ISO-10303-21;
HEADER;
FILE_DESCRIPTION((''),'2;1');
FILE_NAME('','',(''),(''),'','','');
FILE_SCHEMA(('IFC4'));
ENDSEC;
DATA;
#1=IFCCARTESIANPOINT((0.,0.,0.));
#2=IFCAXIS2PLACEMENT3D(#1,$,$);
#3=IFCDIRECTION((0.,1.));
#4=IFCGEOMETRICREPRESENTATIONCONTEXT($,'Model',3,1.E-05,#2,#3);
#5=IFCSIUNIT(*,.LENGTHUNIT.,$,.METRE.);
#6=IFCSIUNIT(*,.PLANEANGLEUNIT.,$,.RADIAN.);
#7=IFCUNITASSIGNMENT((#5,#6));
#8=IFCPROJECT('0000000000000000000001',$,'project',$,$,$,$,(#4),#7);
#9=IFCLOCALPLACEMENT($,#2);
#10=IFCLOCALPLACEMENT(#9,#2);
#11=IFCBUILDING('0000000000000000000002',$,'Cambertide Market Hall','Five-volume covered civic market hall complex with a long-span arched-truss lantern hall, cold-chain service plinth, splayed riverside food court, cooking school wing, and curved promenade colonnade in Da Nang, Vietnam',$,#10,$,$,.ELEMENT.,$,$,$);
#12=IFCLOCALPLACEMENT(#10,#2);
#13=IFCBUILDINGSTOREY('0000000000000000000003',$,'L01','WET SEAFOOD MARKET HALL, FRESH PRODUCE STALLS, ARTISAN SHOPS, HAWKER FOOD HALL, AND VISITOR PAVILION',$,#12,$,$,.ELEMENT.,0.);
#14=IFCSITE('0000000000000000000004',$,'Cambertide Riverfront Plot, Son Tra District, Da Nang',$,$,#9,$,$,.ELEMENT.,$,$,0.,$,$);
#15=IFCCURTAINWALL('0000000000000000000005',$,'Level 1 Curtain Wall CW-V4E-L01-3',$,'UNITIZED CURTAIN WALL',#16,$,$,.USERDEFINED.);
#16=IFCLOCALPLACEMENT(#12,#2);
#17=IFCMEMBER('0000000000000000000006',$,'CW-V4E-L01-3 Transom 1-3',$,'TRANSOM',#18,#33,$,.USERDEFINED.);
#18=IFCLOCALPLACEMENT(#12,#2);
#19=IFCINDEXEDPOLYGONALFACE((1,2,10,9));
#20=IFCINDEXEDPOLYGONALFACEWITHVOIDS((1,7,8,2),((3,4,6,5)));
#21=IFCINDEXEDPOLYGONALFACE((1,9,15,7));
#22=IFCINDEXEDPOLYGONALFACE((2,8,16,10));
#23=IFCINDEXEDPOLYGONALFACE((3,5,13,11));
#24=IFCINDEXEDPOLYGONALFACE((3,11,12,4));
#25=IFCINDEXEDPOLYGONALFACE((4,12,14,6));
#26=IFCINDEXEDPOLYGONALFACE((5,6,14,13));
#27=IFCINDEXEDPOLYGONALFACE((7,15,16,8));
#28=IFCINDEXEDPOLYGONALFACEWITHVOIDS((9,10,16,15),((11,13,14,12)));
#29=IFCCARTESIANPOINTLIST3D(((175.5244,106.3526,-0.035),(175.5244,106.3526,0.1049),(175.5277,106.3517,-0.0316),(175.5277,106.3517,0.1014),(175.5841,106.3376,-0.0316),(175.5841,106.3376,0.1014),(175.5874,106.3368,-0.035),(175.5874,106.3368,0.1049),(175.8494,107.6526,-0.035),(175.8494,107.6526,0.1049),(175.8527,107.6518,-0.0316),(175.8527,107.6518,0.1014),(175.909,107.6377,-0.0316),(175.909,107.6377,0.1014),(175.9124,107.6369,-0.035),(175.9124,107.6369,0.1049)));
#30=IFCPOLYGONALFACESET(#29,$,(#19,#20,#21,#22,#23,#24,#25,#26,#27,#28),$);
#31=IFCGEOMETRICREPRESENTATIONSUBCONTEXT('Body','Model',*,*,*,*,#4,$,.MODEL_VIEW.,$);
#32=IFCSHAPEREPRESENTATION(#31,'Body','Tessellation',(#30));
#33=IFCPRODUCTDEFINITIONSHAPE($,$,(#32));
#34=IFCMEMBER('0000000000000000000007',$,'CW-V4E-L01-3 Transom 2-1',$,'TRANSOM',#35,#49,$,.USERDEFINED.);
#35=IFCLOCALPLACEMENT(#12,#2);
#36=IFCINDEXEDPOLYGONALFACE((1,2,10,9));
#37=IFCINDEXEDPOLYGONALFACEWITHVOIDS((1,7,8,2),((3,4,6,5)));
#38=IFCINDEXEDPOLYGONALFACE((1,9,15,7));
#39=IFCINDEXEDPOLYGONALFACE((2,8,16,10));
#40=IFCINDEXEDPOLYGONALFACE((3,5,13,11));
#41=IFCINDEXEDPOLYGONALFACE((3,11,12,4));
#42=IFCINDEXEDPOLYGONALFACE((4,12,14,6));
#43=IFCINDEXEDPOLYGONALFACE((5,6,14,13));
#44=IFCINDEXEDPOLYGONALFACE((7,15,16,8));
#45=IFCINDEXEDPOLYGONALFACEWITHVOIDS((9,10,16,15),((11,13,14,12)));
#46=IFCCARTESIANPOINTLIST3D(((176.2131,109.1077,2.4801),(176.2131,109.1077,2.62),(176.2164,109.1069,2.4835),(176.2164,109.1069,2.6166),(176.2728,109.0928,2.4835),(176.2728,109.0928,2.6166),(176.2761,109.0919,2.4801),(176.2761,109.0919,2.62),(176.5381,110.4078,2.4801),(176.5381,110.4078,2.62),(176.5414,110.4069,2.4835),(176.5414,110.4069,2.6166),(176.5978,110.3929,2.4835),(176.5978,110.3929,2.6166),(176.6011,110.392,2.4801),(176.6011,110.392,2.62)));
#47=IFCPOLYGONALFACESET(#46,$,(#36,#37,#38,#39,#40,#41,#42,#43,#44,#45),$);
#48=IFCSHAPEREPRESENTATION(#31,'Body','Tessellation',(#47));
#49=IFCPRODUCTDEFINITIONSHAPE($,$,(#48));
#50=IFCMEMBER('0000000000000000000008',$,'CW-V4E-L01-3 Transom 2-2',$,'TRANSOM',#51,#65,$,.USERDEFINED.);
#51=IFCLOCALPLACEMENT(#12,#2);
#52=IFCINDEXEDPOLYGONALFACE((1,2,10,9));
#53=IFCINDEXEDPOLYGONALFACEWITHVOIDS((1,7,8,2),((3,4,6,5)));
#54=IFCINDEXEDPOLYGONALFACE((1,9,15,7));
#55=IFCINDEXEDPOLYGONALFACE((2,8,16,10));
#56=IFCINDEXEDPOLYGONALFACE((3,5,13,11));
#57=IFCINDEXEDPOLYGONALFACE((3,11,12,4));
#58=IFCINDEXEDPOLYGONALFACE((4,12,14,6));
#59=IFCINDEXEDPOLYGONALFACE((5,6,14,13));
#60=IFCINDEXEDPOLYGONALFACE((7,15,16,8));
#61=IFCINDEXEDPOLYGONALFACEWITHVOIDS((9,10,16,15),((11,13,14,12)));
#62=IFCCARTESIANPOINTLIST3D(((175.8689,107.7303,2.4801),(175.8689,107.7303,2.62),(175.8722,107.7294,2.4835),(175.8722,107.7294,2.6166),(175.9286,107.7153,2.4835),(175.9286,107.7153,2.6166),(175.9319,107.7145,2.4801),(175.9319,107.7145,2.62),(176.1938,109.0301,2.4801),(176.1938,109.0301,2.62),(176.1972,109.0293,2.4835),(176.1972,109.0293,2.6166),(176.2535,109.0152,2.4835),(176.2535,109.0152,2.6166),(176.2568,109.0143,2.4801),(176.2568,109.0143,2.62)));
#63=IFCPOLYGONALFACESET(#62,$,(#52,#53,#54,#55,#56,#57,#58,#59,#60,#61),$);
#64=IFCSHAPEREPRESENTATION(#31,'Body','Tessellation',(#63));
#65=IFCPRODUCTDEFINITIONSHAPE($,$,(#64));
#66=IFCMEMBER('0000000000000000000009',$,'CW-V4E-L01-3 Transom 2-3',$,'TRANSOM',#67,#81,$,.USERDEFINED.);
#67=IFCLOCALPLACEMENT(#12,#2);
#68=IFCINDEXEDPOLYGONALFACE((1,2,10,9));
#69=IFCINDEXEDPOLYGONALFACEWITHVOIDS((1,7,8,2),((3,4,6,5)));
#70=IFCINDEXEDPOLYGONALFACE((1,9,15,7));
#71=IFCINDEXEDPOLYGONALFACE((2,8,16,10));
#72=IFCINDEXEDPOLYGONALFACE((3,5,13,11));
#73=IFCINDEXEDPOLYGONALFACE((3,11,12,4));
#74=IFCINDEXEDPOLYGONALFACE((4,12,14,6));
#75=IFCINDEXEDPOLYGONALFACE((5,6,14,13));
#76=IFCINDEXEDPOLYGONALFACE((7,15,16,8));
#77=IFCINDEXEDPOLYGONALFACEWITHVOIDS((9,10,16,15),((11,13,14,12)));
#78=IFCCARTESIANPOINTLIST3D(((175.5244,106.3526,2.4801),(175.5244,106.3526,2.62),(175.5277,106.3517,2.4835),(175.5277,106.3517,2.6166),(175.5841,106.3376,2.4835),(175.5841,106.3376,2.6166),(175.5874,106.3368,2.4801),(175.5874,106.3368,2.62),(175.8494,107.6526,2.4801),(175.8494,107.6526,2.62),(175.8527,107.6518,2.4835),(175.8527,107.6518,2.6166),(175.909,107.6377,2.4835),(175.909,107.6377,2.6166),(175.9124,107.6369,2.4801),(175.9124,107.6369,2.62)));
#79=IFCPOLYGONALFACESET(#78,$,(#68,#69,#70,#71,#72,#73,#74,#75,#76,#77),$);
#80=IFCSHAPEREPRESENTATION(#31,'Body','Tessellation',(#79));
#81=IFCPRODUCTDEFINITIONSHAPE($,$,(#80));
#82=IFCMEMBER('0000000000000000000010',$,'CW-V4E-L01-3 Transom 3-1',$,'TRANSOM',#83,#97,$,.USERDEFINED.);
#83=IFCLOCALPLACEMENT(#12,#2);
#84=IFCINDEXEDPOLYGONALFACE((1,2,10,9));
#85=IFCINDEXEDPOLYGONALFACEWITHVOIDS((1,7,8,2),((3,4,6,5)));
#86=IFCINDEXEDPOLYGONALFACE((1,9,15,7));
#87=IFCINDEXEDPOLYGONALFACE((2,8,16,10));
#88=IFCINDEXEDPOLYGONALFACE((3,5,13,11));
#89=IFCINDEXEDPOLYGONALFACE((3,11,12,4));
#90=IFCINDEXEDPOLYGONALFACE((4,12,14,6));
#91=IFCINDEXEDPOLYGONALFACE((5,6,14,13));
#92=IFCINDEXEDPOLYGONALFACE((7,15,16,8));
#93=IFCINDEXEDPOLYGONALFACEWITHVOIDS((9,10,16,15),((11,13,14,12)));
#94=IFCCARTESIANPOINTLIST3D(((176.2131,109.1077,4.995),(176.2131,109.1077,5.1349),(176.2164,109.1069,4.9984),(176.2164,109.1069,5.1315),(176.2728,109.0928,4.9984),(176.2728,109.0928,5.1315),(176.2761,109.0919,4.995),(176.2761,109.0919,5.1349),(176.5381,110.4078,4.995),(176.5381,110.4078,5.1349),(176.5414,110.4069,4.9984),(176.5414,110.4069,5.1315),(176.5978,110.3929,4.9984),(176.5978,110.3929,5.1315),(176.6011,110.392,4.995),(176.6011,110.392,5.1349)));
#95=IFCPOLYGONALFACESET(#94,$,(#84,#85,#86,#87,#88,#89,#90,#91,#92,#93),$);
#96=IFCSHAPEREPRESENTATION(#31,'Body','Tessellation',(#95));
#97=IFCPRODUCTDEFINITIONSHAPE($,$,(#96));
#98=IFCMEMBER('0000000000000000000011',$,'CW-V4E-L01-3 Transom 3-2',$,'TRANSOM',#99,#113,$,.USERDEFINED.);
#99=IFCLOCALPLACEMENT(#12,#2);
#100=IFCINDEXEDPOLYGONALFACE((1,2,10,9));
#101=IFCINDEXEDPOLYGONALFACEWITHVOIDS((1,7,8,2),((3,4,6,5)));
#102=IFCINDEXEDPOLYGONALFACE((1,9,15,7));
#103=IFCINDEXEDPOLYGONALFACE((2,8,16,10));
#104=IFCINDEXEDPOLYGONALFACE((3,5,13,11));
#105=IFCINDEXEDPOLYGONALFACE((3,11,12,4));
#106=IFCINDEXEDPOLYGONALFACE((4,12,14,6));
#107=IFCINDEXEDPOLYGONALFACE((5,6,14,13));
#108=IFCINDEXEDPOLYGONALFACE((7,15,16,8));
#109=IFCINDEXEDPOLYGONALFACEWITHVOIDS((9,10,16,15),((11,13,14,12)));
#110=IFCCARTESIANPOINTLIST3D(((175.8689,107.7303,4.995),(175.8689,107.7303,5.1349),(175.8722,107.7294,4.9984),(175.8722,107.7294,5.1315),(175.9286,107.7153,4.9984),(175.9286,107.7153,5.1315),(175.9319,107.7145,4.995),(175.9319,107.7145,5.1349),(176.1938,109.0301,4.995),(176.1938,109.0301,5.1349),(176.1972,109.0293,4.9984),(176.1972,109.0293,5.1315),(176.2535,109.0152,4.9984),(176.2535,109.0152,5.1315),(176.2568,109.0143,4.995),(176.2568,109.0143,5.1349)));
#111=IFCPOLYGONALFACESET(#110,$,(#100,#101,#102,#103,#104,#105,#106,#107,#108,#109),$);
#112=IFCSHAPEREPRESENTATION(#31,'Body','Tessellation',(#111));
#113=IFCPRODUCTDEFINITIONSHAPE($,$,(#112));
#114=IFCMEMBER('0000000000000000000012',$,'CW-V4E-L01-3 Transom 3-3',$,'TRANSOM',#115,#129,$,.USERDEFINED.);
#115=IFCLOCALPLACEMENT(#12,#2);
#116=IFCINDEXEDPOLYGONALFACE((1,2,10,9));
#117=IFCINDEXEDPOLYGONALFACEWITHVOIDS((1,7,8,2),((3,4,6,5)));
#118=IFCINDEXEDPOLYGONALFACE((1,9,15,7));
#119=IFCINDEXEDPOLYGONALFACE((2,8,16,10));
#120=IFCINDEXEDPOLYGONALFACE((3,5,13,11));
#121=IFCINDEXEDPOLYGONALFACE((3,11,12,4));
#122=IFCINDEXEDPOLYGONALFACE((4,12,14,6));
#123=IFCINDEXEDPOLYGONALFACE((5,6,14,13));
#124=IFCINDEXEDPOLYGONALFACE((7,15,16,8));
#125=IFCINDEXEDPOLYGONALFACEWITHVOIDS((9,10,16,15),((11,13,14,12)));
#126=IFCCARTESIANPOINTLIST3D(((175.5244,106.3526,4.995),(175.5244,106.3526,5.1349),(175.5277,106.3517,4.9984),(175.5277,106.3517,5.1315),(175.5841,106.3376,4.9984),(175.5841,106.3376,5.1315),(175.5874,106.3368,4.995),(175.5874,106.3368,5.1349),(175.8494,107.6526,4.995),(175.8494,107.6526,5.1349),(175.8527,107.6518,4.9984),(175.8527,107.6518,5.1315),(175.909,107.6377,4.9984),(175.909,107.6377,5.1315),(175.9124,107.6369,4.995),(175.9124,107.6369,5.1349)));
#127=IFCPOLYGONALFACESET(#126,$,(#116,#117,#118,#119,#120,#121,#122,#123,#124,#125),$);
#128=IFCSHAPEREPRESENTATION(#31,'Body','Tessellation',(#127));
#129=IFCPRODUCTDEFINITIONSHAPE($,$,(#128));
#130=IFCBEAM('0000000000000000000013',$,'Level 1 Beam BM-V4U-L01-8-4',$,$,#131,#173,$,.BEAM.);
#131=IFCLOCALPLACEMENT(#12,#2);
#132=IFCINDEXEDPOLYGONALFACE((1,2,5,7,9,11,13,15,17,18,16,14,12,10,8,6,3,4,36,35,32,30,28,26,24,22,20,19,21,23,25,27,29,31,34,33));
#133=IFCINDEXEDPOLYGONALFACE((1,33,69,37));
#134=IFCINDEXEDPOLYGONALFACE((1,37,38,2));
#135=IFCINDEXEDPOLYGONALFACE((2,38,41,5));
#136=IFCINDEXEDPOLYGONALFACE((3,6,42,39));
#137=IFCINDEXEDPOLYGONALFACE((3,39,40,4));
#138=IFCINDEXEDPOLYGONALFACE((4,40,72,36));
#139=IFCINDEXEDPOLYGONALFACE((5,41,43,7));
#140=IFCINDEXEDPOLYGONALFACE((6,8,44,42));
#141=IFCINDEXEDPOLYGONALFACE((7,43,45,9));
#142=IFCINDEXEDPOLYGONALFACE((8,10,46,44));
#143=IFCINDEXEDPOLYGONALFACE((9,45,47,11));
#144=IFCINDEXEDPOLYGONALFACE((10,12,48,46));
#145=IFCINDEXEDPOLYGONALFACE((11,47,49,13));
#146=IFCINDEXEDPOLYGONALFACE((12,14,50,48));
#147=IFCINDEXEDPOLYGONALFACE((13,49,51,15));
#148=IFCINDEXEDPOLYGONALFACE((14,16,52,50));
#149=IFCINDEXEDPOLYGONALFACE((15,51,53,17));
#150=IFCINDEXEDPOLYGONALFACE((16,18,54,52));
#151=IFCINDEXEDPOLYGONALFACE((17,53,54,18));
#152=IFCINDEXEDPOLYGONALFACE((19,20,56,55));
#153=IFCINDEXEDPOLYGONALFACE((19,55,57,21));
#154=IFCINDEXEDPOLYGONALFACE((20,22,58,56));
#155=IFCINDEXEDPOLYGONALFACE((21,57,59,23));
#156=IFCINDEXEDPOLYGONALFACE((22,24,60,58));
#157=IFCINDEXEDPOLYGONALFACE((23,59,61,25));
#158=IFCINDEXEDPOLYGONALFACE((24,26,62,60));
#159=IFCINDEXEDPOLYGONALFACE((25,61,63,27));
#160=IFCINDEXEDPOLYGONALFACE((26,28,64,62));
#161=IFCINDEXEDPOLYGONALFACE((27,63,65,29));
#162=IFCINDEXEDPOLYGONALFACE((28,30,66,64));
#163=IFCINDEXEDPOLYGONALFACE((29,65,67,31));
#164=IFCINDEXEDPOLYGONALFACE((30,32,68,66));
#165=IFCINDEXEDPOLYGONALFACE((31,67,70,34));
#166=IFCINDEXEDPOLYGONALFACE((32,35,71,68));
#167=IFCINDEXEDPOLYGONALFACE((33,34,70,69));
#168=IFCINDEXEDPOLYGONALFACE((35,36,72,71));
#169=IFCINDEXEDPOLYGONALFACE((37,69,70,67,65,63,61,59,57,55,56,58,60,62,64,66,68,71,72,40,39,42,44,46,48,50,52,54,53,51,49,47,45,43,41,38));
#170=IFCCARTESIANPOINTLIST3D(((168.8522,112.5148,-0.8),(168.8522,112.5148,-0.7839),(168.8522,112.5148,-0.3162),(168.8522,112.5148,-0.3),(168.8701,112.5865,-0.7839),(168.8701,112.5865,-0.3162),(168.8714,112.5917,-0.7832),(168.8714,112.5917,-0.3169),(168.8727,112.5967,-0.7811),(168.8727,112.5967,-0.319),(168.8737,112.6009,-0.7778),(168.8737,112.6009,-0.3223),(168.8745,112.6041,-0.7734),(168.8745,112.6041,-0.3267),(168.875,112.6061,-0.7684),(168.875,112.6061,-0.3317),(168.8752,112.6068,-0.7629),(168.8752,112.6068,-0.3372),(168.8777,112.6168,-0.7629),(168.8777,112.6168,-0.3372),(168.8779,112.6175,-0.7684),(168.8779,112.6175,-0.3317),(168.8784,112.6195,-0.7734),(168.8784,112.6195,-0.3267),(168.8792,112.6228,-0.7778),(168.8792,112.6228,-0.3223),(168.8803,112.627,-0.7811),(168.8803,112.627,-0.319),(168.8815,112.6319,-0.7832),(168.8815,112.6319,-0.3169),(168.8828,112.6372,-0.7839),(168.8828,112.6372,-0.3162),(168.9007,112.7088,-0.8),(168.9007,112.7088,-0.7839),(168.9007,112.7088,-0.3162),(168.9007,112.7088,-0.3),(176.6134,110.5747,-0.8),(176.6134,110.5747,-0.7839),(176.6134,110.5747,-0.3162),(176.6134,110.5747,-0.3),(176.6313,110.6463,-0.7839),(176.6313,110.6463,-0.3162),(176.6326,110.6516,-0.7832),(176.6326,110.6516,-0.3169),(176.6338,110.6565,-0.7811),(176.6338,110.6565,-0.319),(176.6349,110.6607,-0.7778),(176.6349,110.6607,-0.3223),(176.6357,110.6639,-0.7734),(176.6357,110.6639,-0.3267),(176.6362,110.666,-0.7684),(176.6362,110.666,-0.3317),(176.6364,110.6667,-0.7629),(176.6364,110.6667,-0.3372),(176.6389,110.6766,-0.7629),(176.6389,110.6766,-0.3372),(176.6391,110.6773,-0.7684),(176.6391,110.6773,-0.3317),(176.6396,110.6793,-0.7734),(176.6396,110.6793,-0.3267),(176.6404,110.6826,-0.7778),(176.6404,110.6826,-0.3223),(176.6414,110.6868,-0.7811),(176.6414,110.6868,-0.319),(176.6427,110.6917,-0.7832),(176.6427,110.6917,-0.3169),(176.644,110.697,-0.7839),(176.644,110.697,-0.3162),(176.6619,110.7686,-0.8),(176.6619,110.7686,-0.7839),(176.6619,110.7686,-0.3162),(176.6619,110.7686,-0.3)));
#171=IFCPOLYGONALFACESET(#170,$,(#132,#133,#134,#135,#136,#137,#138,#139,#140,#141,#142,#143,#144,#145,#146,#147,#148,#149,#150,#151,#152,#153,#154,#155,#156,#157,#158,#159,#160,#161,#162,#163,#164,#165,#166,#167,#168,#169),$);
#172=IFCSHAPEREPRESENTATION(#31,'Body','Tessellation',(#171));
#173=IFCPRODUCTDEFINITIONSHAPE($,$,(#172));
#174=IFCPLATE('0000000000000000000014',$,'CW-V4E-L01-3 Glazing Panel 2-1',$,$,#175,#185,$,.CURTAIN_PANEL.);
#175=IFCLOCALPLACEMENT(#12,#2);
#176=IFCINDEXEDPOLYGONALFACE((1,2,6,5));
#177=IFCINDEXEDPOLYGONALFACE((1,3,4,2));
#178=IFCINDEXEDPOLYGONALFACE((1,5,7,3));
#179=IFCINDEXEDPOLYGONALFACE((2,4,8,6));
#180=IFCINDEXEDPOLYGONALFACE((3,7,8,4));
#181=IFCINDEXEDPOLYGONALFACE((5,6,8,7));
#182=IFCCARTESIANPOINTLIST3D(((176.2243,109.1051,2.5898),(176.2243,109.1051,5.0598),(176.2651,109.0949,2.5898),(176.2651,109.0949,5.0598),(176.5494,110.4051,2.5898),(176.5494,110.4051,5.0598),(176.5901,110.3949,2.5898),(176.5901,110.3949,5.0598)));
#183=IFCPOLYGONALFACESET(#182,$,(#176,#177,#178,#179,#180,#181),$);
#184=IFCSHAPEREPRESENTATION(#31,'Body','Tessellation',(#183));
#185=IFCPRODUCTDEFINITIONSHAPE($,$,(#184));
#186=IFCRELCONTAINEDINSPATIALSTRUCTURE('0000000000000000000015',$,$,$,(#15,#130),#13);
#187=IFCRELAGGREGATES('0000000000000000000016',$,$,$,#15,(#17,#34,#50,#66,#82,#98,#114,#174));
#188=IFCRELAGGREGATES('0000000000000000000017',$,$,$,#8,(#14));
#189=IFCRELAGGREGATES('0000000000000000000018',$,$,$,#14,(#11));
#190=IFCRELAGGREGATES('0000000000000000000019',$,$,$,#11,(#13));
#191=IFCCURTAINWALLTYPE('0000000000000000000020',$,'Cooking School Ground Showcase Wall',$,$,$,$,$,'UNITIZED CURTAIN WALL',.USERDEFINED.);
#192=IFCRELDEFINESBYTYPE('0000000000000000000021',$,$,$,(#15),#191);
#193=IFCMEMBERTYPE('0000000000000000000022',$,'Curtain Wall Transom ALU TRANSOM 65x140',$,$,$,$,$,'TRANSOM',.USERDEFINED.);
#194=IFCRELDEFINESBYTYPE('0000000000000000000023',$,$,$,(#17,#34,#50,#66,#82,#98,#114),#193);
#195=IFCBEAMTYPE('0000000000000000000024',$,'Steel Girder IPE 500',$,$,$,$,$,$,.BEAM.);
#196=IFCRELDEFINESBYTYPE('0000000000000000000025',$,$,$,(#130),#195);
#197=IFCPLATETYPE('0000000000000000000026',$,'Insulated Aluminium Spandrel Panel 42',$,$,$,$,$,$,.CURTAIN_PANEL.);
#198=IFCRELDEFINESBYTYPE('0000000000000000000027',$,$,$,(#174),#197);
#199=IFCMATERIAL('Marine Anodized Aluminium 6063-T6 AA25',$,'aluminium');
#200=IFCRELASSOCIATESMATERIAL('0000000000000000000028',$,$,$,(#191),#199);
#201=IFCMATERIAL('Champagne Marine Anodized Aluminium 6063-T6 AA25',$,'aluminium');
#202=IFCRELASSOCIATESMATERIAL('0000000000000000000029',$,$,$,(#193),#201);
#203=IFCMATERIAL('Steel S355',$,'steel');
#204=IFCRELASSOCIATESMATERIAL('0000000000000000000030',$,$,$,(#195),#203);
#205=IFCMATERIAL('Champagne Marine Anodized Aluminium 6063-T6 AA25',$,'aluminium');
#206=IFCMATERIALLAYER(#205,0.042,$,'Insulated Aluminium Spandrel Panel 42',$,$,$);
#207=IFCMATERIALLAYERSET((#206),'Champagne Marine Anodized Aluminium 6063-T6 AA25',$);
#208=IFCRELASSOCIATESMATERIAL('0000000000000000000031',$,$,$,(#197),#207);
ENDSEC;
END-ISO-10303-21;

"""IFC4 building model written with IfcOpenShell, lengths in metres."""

from ifc_helpers import new_model, si_unit, direction, frame, origin, origin_2d, place, context, subcontext, project, spatial, rectangle, hollow_rectangle, i_section, extrude, material, layer, layer_set, material_profile, profile_set, type_object, element, aggregate, save


model = new_model("IFC4")

# Units and contexts
model_context = context("Model", 3, precision=1e-05, world=origin(), true_north=direction((0.0, 1.0)))
body_context = subcontext(model_context, "Body", "Model", "MODEL_VIEW")
ifc_project = project(units=[si_unit("LENGTHUNIT", "METRE"), si_unit("PLANEANGLEUNIT", "RADIAN")], contexts=[model_context])

# Site, building, storey
site_placement = place(None, origin())
site = spatial("IfcSite", under=ifc_project, at=site_placement, Name="Cambertide Riverfront Plot, Son Tra District, Da Nang", CompositionType="ELEMENT", RefElevation=0.0)
building_placement = place(site_placement, origin())
building = spatial("IfcBuilding", under=site, at=building_placement, Name="Cambertide Market Hall", Description="Five-volume covered civic market hall complex with a long-span arched-truss lantern hall, cold-chain service plinth, splayed riverside food court, cooking school wing, and curved promenade colonnade in Da Nang, Vietnam", CompositionType="ELEMENT")
storey_placement = place(building_placement, origin())
storey = spatial("IfcBuildingStorey", under=building, at=storey_placement, Name="L01", Description="WET SEAFOOD MARKET HALL, FRESH PRODUCE STALLS, ARTISAN SHOPS, HAWKER FOOD HALL, AND VISITOR PAVILION", CompositionType="ELEMENT", Elevation=0.0)

# Curtain wall, members
ifc_material_1 = material(Name="Marine Anodized Aluminium 6063-T6 AA25", Category="aluminium")
curtain_wall_type = type_object("IfcCurtainWallType", Name="Cooking School Ground Showcase Wall", ElementType="UNITIZED CURTAIN WALL", PredefinedType="USERDEFINED", material=ifc_material_1)
curtain_wall_placement = place(storey_placement, origin())
curtain_wall = element("IfcCurtainWall", 1, at=curtain_wall_placement, inside=storey, type_object=curtain_wall_type, Name="Level 1 Curtain Wall CW-V4E-L01-3", ObjectType="UNITIZED CURTAIN WALL", PredefinedType="USERDEFINED")
ifc_material_2 = material(Name="Champagne Marine Anodized Aluminium 6063-T6 AA25", Category="aluminium")
ifc_material_profile_1 = material_profile(ifc_material_2, hollow_rectangle(XDim=0.0649, YDim=0.1399, WallThickness=0.0034, at=origin_2d()), Name="ALU TRANSOM 65x140")
ifc_profile_set_1 = profile_set([ifc_material_profile_1], Name="Champagne Marine Anodized Aluminium 6063-T6 AA25")
member_type_1 = type_object("IfcMemberType", Name="Curtain Wall Transom ALU TRANSOM 65x140", ElementType="TRANSOM", PredefinedType="USERDEFINED", material=ifc_profile_set_1)
member_1_placement = place(storey_placement, frame((175.8809, 107.6448, 0.0349), z_axis=(-0.242493, -0.970153, 0.0), x_axis=(0.970153, -0.242493, 0.0)))
member_1 = element("IfcMember", 2, at=member_1_placement, type_object=member_type_1, Name="CW-V4E-L01-3 Transom 1-3", ObjectType="TRANSOM", PredefinedType="USERDEFINED", context=body_context, shape_type="SweptSolid", body=[
    extrude(hollow_rectangle(XDim=0.0649, YDim=0.1399, WallThickness=0.0034, at=origin_2d()), origin(), (0.0, 0.0, 1.0), 1.3401),
])
member_2_placement = place(storey_placement, frame((176.5696, 110.3999, 2.55), z_axis=(-0.242493, -0.970153, 0.0), x_axis=(0.970153, -0.242493, 0.0)))
member_2 = element("IfcMember", 3, at=member_2_placement, type_object=member_type_1, Name="CW-V4E-L01-3 Transom 2-1", ObjectType="TRANSOM", PredefinedType="USERDEFINED", context=body_context, shape_type="SweptSolid", body=[
    extrude(hollow_rectangle(XDim=0.0649, YDim=0.1399, WallThickness=0.0034, at=origin_2d()), origin(), (0.0, 0.0, 1.0), 1.3401),
])
member_3_placement = place(storey_placement, frame((176.2253, 109.0222, 2.55), z_axis=(-0.242536, -0.970143, 0.0), x_axis=(0.970143, -0.242536, 0.0)))
member_3 = element("IfcMember", 4, at=member_3_placement, type_object=member_type_1, Name="CW-V4E-L01-3 Transom 2-2", ObjectType="TRANSOM", PredefinedType="USERDEFINED", context=body_context, shape_type="SweptSolid", body=[
    extrude(hollow_rectangle(XDim=0.0649, YDim=0.1399, WallThickness=0.0034, at=origin_2d()), origin(), (0.0, 0.0, 1.0), 1.3398),
])
member_4_placement = place(storey_placement, frame((175.8809, 107.6448, 2.55), z_axis=(-0.242493, -0.970153, 0.0), x_axis=(0.970153, -0.242493, 0.0)))
member_4 = element("IfcMember", 5, at=member_4_placement, type_object=member_type_1, Name="CW-V4E-L01-3 Transom 2-3", ObjectType="TRANSOM", PredefinedType="USERDEFINED", context=body_context, shape_type="SweptSolid", body=[
    extrude(hollow_rectangle(XDim=0.0649, YDim=0.1399, WallThickness=0.0034, at=origin_2d()), origin(), (0.0, 0.0, 1.0), 1.3401),
])
member_5_placement = place(storey_placement, frame((176.5696, 110.3999, 5.0649), z_axis=(-0.242493, -0.970153, 0.0), x_axis=(0.970153, -0.242493, 0.0)))
member_5 = element("IfcMember", 6, at=member_5_placement, type_object=member_type_1, Name="CW-V4E-L01-3 Transom 3-1", ObjectType="TRANSOM", PredefinedType="USERDEFINED", context=body_context, shape_type="SweptSolid", body=[
    extrude(hollow_rectangle(XDim=0.0649, YDim=0.1399, WallThickness=0.0034, at=origin_2d()), origin(), (0.0, 0.0, 1.0), 1.3401),
])
member_6_placement = place(storey_placement, frame((176.2253, 109.0222, 5.0649), z_axis=(-0.242536, -0.970143, 0.0), x_axis=(0.970143, -0.242536, 0.0)))
member_6 = element("IfcMember", 7, at=member_6_placement, type_object=member_type_1, Name="CW-V4E-L01-3 Transom 3-2", ObjectType="TRANSOM", PredefinedType="USERDEFINED", context=body_context, shape_type="SweptSolid", body=[
    extrude(hollow_rectangle(XDim=0.0649, YDim=0.1399, WallThickness=0.0034, at=origin_2d()), origin(), (0.0, 0.0, 1.0), 1.3398),
])
member_7_placement = place(storey_placement, frame((175.8809, 107.6448, 5.0649), z_axis=(-0.242493, -0.970153, 0.0), x_axis=(0.970153, -0.242493, 0.0)))
member_7 = element("IfcMember", 8, at=member_7_placement, type_object=member_type_1, Name="CW-V4E-L01-3 Transom 3-3", ObjectType="TRANSOM", PredefinedType="USERDEFINED", context=body_context, shape_type="SweptSolid", body=[
    extrude(hollow_rectangle(XDim=0.0649, YDim=0.1399, WallThickness=0.0034, at=origin_2d()), origin(), (0.0, 0.0, 1.0), 1.3401),
])

# Beam
ifc_material_3 = material(Name="Steel S355", Category="steel")
ifc_material_profile_2 = material_profile(ifc_material_3, i_section(OverallWidth=0.2, OverallDepth=0.5, WebThickness=0.0103, FlangeThickness=0.0161, FilletRadius=0.021, at=origin_2d()), Name="IPE 500")
ifc_profile_set_2 = profile_set([ifc_material_profile_2], Name="Steel S355")
beam_type = type_object("IfcBeamType", Name="Steel Girder IPE 500", PredefinedType="BEAM", material=ifc_profile_set_2)
beam_placement = place(storey_placement, frame((168.8765, 112.6118, -0.55), z_axis=(0.970146, -0.242521, 0.0), x_axis=(0.242521, 0.970146, 0.0)))
element("IfcBeam", 9, at=beam_placement, inside=storey, type_object=beam_type, Name="Level 1 Beam BM-V4U-L01-8-4", PredefinedType="BEAM", context=body_context, shape_type="SweptSolid", body=[
    extrude(i_section(OverallWidth=0.2, OverallDepth=0.5, WebThickness=0.0103, FlangeThickness=0.0161, FilletRadius=0.021, at=origin_2d()), origin(), (0.0, 0.0, 1.0), 8.0),
])

# Plate
ifc_material_4 = material(Name="Champagne Marine Anodized Aluminium 6063-T6 AA25", Category="aluminium")
ifc_layer_1 = layer(ifc_material_4, 0.042, Name="Insulated Aluminium Spandrel Panel 42")
ifc_layer_set_1 = layer_set([ifc_layer_1], Name="Champagne Marine Anodized Aluminium 6063-T6 AA25")
plate_type_1 = type_object("IfcPlateType", Name="Insulated Aluminium Spandrel Panel 42", PredefinedType="CURTAIN_PANEL", material=ifc_layer_set_1)
plate_1_placement = place(storey_placement, frame((176.4072, 109.75, 2.5898), z_axis=(0.0, 0.0, 1.0), x_axis=(-0.242536, -0.970143, 0.0)))
plate_1 = element("IfcPlate", 10, at=plate_1_placement, type_object=plate_type_1, Name="CW-V4E-L01-3 Glazing Panel 2-1", PredefinedType="CURTAIN_PANEL", context=body_context, shape_type="SweptSolid", body=[
    extrude(rectangle(XDim=1.3401, YDim=0.042, at=origin_2d()), origin(), (0.0, 0.0, 1.0), 2.47),
])
aggregate(curtain_wall, [member_1, member_2, member_3, member_4, member_5, member_6, member_7, plate_1])

save(model, "model.ifc")
